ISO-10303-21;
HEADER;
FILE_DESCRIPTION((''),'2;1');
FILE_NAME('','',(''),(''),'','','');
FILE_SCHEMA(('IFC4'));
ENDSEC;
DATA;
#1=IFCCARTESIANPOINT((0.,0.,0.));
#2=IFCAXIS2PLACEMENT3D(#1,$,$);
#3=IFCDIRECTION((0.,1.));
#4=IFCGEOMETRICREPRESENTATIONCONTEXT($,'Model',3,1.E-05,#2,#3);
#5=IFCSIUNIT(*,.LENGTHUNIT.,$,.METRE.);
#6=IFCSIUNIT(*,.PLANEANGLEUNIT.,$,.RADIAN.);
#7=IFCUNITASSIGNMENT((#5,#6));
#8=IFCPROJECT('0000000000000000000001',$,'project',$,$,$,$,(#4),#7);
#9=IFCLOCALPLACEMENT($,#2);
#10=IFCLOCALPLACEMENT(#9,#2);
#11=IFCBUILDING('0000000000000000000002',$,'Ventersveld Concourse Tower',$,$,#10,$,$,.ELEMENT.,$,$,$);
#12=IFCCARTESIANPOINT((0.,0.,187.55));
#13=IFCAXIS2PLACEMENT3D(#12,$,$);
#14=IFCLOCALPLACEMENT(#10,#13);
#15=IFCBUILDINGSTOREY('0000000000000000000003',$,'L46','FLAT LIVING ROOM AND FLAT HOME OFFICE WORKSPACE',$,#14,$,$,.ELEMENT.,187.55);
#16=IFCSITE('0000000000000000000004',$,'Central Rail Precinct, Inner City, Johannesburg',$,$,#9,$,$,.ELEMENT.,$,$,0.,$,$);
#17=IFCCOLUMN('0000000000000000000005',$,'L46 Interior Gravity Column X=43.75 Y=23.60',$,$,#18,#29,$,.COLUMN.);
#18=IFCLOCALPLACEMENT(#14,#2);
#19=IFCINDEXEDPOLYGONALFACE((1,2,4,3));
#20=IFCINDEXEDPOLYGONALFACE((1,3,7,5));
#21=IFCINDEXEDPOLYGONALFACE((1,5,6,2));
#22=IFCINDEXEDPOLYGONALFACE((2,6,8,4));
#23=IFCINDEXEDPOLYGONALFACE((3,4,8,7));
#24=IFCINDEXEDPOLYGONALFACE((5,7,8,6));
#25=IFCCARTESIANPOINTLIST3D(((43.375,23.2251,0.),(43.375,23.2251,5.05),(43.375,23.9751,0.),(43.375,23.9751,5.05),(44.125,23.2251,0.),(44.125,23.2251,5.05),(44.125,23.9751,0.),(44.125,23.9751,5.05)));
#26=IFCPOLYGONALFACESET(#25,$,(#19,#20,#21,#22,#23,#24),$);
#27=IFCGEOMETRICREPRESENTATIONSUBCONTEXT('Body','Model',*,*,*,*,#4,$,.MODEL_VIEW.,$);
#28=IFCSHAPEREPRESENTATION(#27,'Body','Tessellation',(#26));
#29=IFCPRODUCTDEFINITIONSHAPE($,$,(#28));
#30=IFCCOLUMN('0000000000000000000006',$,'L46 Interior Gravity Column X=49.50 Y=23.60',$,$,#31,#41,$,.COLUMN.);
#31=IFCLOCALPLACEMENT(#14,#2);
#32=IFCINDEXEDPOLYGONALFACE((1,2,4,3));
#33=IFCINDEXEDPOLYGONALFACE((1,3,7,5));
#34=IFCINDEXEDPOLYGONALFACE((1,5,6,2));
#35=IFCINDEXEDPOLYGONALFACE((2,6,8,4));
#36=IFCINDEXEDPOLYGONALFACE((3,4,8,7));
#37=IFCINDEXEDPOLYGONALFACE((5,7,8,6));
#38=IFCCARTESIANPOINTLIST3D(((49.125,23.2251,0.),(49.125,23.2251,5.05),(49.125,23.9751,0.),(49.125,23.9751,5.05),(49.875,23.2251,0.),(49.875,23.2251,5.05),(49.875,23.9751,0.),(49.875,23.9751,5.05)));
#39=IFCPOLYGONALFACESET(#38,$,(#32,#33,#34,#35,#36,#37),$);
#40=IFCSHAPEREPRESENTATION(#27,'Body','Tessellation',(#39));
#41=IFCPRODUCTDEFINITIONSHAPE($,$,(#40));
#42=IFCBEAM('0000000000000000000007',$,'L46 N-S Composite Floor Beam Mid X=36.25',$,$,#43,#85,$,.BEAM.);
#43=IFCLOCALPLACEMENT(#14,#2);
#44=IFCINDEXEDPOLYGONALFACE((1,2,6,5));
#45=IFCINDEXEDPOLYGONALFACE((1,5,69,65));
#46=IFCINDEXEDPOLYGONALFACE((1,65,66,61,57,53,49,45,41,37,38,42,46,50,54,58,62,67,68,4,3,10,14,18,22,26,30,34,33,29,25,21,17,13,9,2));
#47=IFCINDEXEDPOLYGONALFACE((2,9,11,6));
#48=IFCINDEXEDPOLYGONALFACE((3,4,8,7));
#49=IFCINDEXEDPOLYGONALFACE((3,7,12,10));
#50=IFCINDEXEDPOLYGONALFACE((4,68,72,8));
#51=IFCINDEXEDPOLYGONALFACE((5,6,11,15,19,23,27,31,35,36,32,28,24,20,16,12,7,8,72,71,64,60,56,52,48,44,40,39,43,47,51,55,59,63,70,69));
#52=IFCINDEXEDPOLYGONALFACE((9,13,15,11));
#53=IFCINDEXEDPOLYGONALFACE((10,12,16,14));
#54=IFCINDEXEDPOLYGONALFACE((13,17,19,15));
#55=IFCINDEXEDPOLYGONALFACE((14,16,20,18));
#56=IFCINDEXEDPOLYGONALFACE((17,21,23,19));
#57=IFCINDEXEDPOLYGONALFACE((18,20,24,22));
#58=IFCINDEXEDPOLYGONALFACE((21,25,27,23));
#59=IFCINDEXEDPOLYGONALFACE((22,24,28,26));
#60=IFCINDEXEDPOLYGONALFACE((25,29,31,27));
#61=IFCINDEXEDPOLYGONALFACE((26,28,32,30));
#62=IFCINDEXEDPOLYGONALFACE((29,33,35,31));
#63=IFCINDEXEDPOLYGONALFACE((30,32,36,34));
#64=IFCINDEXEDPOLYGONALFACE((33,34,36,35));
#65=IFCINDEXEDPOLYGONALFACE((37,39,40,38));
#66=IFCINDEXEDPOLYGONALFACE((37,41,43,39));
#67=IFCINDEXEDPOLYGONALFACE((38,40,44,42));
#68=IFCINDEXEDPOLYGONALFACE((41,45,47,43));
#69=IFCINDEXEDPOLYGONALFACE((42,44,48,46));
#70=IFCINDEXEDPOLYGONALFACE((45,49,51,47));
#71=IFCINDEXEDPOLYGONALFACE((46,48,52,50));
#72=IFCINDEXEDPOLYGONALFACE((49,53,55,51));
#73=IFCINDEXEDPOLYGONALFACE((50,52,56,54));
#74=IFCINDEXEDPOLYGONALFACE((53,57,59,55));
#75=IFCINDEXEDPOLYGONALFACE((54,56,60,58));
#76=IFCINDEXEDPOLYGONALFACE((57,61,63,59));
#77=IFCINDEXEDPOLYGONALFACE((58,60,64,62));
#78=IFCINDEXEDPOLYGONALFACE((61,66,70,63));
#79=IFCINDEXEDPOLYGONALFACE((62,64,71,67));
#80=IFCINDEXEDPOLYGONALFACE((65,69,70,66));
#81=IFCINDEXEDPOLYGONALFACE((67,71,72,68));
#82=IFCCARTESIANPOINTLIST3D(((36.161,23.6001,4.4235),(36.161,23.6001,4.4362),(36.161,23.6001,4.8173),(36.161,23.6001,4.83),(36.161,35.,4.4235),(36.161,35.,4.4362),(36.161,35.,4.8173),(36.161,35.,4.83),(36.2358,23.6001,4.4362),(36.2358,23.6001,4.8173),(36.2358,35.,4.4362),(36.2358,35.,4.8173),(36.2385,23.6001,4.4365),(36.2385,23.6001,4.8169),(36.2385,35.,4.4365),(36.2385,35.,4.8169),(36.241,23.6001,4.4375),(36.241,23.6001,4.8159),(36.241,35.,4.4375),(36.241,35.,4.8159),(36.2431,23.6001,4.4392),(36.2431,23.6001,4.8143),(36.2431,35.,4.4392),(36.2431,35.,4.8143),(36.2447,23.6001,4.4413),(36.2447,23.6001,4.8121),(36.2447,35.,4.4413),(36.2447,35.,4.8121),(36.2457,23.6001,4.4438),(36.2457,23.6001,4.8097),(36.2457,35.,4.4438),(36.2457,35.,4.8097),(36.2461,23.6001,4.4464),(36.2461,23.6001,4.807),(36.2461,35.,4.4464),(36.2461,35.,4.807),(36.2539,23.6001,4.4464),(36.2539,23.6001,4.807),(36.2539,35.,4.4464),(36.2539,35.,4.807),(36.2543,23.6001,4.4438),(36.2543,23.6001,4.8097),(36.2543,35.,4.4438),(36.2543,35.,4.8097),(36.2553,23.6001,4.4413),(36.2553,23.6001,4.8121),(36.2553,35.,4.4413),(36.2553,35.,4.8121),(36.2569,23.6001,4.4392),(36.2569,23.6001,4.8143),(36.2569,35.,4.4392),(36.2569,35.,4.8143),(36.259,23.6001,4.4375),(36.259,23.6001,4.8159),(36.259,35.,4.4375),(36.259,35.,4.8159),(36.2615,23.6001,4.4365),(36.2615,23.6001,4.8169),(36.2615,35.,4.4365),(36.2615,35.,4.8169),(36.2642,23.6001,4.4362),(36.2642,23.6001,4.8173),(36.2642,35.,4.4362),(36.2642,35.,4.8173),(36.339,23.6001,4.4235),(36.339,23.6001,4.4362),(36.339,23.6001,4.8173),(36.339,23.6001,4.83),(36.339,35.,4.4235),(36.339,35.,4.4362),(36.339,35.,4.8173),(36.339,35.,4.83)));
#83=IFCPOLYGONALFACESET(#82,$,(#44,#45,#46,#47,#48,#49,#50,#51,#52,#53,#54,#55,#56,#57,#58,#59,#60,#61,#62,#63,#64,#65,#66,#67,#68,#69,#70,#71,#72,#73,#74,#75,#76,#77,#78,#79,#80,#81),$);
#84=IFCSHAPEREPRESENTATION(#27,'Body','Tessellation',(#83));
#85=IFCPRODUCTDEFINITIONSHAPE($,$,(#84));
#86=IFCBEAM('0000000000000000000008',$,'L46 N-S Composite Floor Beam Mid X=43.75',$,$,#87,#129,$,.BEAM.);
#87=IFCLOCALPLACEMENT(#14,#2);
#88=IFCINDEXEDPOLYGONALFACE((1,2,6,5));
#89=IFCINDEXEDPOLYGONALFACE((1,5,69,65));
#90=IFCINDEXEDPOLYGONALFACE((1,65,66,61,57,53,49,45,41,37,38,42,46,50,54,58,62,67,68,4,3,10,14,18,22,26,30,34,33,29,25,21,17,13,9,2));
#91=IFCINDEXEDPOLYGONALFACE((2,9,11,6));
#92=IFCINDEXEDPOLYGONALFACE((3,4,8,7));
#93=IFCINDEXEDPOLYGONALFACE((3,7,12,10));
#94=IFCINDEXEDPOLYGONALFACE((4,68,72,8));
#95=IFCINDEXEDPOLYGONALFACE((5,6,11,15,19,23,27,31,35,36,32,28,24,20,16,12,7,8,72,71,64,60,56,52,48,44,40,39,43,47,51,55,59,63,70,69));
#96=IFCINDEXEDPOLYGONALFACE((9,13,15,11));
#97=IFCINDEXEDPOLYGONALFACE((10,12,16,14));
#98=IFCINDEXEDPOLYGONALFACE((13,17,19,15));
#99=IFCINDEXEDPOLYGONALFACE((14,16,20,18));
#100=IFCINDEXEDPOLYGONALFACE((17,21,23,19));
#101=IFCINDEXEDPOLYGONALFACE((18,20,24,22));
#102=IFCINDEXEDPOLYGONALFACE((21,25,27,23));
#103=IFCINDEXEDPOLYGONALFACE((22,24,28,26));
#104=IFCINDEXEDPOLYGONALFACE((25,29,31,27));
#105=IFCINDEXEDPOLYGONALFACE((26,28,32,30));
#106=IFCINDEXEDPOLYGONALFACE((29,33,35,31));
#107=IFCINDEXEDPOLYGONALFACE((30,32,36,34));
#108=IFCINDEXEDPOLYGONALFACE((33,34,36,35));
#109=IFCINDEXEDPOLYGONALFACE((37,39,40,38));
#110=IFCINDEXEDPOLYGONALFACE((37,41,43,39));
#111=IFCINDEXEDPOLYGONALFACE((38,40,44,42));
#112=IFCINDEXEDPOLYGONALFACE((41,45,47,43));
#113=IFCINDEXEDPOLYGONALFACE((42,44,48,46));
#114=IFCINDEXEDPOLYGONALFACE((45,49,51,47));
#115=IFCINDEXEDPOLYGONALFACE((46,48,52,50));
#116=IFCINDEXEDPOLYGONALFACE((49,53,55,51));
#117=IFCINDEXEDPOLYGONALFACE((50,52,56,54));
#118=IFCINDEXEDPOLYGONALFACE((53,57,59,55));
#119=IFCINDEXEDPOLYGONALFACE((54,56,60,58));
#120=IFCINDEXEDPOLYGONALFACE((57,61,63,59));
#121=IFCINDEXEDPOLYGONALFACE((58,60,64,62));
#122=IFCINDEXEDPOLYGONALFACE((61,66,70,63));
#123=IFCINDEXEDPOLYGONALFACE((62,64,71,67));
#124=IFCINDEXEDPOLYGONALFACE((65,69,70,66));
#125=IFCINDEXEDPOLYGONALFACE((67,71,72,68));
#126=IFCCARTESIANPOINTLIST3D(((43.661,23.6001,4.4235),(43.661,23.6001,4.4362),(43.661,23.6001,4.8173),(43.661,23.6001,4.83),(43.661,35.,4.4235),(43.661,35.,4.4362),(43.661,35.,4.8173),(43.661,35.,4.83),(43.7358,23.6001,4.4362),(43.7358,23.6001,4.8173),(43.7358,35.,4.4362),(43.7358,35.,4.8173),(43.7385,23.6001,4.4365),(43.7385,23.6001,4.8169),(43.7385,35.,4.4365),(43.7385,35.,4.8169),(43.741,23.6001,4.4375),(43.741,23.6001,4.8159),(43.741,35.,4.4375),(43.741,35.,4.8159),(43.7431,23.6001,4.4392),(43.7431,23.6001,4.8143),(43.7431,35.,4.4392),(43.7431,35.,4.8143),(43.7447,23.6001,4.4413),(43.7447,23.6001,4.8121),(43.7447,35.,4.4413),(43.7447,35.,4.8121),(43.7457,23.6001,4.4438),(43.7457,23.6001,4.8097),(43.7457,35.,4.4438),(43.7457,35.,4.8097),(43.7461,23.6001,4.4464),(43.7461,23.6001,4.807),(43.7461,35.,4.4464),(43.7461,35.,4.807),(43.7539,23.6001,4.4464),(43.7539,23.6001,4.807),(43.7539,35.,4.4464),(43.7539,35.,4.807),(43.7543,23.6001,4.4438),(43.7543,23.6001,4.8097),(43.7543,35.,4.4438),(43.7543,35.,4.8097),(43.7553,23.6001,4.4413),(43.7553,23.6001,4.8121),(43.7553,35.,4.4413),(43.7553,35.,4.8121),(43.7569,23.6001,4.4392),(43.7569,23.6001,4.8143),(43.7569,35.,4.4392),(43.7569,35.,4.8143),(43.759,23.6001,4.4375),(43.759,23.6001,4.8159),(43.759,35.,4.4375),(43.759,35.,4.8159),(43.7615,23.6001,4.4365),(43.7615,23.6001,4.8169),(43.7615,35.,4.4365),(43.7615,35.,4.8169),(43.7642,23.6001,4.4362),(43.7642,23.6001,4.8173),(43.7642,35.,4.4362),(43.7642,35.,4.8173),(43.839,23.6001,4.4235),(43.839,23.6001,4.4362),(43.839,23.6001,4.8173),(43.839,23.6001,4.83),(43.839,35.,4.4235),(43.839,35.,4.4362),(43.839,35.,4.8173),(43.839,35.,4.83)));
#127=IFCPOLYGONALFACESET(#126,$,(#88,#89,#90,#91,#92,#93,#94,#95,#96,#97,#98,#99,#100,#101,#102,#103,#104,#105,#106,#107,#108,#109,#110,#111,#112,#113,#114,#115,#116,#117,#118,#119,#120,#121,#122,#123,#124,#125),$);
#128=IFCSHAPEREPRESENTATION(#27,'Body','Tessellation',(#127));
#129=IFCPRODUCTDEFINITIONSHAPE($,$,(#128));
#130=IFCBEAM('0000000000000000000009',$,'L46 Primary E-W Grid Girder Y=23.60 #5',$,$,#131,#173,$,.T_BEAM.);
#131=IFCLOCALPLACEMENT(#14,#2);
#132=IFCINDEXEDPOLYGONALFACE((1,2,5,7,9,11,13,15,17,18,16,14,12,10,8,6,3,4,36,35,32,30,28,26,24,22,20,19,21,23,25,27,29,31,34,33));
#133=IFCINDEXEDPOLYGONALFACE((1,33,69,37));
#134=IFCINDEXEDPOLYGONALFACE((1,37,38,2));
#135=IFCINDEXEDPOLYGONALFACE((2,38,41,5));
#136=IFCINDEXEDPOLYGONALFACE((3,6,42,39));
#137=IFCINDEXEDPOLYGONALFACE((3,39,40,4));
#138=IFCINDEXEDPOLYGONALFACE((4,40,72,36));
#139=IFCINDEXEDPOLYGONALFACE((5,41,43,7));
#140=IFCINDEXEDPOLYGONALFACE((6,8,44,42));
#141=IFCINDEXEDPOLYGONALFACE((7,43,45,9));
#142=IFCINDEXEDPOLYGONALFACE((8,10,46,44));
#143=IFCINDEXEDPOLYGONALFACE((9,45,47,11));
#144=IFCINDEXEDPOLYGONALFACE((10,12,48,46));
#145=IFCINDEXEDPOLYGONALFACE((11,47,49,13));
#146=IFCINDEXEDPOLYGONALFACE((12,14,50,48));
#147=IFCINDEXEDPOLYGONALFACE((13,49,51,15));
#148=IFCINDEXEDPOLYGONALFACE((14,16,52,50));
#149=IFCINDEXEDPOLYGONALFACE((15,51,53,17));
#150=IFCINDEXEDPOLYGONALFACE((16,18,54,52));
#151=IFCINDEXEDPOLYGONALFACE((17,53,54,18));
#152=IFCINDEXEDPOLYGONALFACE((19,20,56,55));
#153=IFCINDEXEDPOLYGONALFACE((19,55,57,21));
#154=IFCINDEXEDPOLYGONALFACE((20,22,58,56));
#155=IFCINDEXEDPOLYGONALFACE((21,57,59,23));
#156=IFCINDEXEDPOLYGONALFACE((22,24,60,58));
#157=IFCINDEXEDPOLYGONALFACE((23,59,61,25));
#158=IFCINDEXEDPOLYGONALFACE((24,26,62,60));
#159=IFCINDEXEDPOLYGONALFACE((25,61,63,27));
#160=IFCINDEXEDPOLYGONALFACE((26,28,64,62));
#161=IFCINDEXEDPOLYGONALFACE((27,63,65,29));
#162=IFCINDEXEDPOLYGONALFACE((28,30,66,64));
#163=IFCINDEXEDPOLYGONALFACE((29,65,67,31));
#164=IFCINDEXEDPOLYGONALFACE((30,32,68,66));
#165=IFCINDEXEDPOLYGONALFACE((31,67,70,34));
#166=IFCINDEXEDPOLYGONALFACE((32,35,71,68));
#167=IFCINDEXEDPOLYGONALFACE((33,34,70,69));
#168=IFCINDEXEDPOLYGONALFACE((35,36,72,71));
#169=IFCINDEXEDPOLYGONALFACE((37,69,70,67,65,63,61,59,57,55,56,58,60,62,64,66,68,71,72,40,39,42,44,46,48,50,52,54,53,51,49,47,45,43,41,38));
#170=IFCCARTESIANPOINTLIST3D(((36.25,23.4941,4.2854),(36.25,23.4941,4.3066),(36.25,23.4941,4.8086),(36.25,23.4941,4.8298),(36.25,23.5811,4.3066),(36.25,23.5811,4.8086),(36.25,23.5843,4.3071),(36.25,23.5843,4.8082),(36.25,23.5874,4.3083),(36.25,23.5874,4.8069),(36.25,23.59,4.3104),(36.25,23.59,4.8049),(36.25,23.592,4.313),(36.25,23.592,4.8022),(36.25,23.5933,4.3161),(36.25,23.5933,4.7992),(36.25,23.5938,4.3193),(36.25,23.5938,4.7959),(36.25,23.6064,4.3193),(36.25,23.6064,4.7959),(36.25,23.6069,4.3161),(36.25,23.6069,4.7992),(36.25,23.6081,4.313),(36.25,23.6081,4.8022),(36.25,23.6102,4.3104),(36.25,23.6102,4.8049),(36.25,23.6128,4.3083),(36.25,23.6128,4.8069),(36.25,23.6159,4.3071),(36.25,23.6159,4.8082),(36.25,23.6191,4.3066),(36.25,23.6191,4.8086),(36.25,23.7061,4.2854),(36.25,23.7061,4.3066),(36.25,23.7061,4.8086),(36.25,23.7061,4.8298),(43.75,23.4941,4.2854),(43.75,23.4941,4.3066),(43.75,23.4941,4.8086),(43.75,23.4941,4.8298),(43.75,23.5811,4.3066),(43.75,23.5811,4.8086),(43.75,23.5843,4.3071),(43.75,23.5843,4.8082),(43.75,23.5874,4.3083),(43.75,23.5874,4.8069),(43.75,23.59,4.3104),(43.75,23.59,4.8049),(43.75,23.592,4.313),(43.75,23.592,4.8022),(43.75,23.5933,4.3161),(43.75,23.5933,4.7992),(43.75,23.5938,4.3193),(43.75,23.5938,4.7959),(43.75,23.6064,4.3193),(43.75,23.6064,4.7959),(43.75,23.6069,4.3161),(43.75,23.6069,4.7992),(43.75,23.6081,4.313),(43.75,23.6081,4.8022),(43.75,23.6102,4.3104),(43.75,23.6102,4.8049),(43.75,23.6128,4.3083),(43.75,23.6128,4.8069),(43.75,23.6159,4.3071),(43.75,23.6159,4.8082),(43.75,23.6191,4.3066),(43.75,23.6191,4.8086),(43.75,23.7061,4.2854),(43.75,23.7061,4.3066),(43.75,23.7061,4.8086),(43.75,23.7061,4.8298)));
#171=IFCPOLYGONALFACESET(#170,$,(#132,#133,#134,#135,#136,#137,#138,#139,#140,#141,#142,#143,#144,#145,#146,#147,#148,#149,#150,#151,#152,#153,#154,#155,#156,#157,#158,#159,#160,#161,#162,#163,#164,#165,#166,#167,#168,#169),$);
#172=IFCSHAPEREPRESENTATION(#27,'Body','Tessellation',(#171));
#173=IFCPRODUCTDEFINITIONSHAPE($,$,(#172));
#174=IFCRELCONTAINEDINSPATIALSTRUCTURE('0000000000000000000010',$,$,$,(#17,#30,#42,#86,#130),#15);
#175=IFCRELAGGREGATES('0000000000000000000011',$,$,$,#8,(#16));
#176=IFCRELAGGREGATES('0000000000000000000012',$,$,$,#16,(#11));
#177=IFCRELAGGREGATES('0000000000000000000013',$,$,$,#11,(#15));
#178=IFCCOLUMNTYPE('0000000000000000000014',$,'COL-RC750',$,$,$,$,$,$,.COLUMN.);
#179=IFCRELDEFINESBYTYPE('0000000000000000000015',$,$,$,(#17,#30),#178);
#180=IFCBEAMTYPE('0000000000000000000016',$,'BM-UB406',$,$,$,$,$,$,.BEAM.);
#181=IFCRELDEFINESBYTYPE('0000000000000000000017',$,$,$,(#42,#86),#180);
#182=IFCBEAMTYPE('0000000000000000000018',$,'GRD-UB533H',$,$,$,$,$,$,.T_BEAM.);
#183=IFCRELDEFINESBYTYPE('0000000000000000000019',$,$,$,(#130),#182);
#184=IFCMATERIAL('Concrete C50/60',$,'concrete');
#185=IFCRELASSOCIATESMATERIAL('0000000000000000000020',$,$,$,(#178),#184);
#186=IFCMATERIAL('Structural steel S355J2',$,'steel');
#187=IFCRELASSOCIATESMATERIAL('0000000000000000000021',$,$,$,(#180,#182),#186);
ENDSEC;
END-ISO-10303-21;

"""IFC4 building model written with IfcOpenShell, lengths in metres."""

from ifc_helpers import new_model, si_unit, direction, frame, origin, origin_2d, place, context, subcontext, project, spatial, rectangle, i_section, extrude, material, material_profile, profile_set, type_object, element, save


model = new_model("IFC4")

# Units and contexts
model_context = context("Model", 3, precision=1e-05, world=origin(), true_north=direction((0.0, 1.0)))
body_context = subcontext(model_context, "Body", "Model", "MODEL_VIEW")
ifc_project = project(units=[si_unit("LENGTHUNIT", "METRE"), si_unit("PLANEANGLEUNIT", "RADIAN")], contexts=[model_context])

# Site, building, storey
site_placement = place(None, origin())
site = spatial("IfcSite", under=ifc_project, at=site_placement, Name="Central Rail Precinct, Inner City, Johannesburg", CompositionType="ELEMENT", RefElevation=0.0)
building_placement = place(site_placement, origin())
building = spatial("IfcBuilding", under=site, at=building_placement, Name="Ventersveld Concourse Tower", CompositionType="ELEMENT")
storey_placement = place(building_placement, frame((0.0, 0.0, 187.55)))
storey = spatial("IfcBuildingStorey", under=building, at=storey_placement, Name="L46", Description="FLAT LIVING ROOM AND FLAT HOME OFFICE WORKSPACE", CompositionType="ELEMENT", Elevation=187.55)

# Columns
ifc_material_1 = material(Name="Concrete C50/60", Category="concrete")
ifc_material_profile_1 = material_profile(ifc_material_1, rectangle(XDim=0.75, YDim=0.75, at=origin_2d()), Name="RC 750x750")
ifc_profile_set_1 = profile_set([ifc_material_profile_1], Name="Concrete C50/60")
column_type = type_object("IfcColumnType", Name="COL-RC750", PredefinedType="COLUMN", material=ifc_profile_set_1)
for number, where, z_axis, x_axis, name in (
    (1, (43.75, 23.6001, 0.0), (0.0, 0.0, 1.0), (1.0, 0.0, 0.0), "L46 Interior Gravity Column X=43.75 Y=23.60"),
    (2, (49.5, 23.6001, 0.0), (0.0, 0.0, 1.0), (1.0, 0.0, 0.0), "L46 Interior Gravity Column X=49.50 Y=23.60"),
):
    element("IfcColumn", number, at=place(storey_placement, frame(where, z_axis=z_axis, x_axis=x_axis)), inside=storey, type_object=column_type, Name=name, PredefinedType="COLUMN", context=body_context, shape_type="SweptSolid", body=[
        extrude(rectangle(XDim=0.75, YDim=0.75, at=origin_2d()), origin(), (0.0, 0.0, 1.0), 5.05),
    ])

# Beams
ifc_material_2 = material(Name="Structural steel S355J2", Category="steel")
ifc_material_profile_2 = material_profile(ifc_material_2, i_section(OverallWidth=0.178, OverallDepth=0.4065, WebThickness=0.0078, FlangeThickness=0.0127, FilletRadius=0.0103, at=origin_2d()), Name="UB 406x178x60")
ifc_profile_set_2 = profile_set([ifc_material_profile_2], Name="Structural steel S355J2")
beam_type_1 = type_object("IfcBeamType", Name="BM-UB406", PredefinedType="BEAM", material=ifc_profile_set_2)
for number, where, z_axis, x_axis, name in (
    (3, (36.25, 23.6001, 4.6267), (0.0, 1.0, 0.0), (-1.0, 0.0, 0.0), "L46 N-S Composite Floor Beam Mid X=36.25"),
    (4, (43.75, 23.6001, 4.6267), (0.0, 1.0, 0.0), (-1.0, 0.0, 0.0), "L46 N-S Composite Floor Beam Mid X=43.75"),
):
    element("IfcBeam", number, at=place(storey_placement, frame(where, z_axis=z_axis, x_axis=x_axis)), inside=storey, type_object=beam_type_1, Name=name, PredefinedType="BEAM", context=body_context, shape_type="SweptSolid", body=[
        extrude(i_section(OverallWidth=0.178, OverallDepth=0.4065, WebThickness=0.0078, FlangeThickness=0.0127, FilletRadius=0.0103, at=origin_2d()), origin(), (0.0, 0.0, 1.0), 11.3999),
    ])
ifc_material_profile_3 = material_profile(ifc_material_2, i_section(OverallWidth=0.2119, OverallDepth=0.5444, WebThickness=0.0127, FlangeThickness=0.0212, FilletRadius=0.0127, at=origin_2d()), Name="UB 533x210x122")
ifc_profile_set_3 = profile_set([ifc_material_profile_3], Name="Structural steel S355J2")
beam_type_2 = type_object("IfcBeamType", Name="GRD-UB533H", PredefinedType="T_BEAM", material=ifc_profile_set_3)
beam_1_placement = place(storey_placement, frame((36.25, 23.6001, 4.5576), z_axis=(1.0, 0.0, 0.0), x_axis=(0.0, 1.0, 0.0)))
element("IfcBeam", 5, at=beam_1_placement, inside=storey, type_object=beam_type_2, Name="L46 Primary E-W Grid Girder Y=23.60 #5", PredefinedType="T_BEAM", context=body_context, shape_type="SweptSolid", body=[
    extrude(i_section(OverallWidth=0.2119, OverallDepth=0.5444, WebThickness=0.0127, FlangeThickness=0.0212, FilletRadius=0.0127, at=origin_2d()), origin(), (0.0, 0.0, 1.0), 7.5),
])

save(model, "model.ifc")
